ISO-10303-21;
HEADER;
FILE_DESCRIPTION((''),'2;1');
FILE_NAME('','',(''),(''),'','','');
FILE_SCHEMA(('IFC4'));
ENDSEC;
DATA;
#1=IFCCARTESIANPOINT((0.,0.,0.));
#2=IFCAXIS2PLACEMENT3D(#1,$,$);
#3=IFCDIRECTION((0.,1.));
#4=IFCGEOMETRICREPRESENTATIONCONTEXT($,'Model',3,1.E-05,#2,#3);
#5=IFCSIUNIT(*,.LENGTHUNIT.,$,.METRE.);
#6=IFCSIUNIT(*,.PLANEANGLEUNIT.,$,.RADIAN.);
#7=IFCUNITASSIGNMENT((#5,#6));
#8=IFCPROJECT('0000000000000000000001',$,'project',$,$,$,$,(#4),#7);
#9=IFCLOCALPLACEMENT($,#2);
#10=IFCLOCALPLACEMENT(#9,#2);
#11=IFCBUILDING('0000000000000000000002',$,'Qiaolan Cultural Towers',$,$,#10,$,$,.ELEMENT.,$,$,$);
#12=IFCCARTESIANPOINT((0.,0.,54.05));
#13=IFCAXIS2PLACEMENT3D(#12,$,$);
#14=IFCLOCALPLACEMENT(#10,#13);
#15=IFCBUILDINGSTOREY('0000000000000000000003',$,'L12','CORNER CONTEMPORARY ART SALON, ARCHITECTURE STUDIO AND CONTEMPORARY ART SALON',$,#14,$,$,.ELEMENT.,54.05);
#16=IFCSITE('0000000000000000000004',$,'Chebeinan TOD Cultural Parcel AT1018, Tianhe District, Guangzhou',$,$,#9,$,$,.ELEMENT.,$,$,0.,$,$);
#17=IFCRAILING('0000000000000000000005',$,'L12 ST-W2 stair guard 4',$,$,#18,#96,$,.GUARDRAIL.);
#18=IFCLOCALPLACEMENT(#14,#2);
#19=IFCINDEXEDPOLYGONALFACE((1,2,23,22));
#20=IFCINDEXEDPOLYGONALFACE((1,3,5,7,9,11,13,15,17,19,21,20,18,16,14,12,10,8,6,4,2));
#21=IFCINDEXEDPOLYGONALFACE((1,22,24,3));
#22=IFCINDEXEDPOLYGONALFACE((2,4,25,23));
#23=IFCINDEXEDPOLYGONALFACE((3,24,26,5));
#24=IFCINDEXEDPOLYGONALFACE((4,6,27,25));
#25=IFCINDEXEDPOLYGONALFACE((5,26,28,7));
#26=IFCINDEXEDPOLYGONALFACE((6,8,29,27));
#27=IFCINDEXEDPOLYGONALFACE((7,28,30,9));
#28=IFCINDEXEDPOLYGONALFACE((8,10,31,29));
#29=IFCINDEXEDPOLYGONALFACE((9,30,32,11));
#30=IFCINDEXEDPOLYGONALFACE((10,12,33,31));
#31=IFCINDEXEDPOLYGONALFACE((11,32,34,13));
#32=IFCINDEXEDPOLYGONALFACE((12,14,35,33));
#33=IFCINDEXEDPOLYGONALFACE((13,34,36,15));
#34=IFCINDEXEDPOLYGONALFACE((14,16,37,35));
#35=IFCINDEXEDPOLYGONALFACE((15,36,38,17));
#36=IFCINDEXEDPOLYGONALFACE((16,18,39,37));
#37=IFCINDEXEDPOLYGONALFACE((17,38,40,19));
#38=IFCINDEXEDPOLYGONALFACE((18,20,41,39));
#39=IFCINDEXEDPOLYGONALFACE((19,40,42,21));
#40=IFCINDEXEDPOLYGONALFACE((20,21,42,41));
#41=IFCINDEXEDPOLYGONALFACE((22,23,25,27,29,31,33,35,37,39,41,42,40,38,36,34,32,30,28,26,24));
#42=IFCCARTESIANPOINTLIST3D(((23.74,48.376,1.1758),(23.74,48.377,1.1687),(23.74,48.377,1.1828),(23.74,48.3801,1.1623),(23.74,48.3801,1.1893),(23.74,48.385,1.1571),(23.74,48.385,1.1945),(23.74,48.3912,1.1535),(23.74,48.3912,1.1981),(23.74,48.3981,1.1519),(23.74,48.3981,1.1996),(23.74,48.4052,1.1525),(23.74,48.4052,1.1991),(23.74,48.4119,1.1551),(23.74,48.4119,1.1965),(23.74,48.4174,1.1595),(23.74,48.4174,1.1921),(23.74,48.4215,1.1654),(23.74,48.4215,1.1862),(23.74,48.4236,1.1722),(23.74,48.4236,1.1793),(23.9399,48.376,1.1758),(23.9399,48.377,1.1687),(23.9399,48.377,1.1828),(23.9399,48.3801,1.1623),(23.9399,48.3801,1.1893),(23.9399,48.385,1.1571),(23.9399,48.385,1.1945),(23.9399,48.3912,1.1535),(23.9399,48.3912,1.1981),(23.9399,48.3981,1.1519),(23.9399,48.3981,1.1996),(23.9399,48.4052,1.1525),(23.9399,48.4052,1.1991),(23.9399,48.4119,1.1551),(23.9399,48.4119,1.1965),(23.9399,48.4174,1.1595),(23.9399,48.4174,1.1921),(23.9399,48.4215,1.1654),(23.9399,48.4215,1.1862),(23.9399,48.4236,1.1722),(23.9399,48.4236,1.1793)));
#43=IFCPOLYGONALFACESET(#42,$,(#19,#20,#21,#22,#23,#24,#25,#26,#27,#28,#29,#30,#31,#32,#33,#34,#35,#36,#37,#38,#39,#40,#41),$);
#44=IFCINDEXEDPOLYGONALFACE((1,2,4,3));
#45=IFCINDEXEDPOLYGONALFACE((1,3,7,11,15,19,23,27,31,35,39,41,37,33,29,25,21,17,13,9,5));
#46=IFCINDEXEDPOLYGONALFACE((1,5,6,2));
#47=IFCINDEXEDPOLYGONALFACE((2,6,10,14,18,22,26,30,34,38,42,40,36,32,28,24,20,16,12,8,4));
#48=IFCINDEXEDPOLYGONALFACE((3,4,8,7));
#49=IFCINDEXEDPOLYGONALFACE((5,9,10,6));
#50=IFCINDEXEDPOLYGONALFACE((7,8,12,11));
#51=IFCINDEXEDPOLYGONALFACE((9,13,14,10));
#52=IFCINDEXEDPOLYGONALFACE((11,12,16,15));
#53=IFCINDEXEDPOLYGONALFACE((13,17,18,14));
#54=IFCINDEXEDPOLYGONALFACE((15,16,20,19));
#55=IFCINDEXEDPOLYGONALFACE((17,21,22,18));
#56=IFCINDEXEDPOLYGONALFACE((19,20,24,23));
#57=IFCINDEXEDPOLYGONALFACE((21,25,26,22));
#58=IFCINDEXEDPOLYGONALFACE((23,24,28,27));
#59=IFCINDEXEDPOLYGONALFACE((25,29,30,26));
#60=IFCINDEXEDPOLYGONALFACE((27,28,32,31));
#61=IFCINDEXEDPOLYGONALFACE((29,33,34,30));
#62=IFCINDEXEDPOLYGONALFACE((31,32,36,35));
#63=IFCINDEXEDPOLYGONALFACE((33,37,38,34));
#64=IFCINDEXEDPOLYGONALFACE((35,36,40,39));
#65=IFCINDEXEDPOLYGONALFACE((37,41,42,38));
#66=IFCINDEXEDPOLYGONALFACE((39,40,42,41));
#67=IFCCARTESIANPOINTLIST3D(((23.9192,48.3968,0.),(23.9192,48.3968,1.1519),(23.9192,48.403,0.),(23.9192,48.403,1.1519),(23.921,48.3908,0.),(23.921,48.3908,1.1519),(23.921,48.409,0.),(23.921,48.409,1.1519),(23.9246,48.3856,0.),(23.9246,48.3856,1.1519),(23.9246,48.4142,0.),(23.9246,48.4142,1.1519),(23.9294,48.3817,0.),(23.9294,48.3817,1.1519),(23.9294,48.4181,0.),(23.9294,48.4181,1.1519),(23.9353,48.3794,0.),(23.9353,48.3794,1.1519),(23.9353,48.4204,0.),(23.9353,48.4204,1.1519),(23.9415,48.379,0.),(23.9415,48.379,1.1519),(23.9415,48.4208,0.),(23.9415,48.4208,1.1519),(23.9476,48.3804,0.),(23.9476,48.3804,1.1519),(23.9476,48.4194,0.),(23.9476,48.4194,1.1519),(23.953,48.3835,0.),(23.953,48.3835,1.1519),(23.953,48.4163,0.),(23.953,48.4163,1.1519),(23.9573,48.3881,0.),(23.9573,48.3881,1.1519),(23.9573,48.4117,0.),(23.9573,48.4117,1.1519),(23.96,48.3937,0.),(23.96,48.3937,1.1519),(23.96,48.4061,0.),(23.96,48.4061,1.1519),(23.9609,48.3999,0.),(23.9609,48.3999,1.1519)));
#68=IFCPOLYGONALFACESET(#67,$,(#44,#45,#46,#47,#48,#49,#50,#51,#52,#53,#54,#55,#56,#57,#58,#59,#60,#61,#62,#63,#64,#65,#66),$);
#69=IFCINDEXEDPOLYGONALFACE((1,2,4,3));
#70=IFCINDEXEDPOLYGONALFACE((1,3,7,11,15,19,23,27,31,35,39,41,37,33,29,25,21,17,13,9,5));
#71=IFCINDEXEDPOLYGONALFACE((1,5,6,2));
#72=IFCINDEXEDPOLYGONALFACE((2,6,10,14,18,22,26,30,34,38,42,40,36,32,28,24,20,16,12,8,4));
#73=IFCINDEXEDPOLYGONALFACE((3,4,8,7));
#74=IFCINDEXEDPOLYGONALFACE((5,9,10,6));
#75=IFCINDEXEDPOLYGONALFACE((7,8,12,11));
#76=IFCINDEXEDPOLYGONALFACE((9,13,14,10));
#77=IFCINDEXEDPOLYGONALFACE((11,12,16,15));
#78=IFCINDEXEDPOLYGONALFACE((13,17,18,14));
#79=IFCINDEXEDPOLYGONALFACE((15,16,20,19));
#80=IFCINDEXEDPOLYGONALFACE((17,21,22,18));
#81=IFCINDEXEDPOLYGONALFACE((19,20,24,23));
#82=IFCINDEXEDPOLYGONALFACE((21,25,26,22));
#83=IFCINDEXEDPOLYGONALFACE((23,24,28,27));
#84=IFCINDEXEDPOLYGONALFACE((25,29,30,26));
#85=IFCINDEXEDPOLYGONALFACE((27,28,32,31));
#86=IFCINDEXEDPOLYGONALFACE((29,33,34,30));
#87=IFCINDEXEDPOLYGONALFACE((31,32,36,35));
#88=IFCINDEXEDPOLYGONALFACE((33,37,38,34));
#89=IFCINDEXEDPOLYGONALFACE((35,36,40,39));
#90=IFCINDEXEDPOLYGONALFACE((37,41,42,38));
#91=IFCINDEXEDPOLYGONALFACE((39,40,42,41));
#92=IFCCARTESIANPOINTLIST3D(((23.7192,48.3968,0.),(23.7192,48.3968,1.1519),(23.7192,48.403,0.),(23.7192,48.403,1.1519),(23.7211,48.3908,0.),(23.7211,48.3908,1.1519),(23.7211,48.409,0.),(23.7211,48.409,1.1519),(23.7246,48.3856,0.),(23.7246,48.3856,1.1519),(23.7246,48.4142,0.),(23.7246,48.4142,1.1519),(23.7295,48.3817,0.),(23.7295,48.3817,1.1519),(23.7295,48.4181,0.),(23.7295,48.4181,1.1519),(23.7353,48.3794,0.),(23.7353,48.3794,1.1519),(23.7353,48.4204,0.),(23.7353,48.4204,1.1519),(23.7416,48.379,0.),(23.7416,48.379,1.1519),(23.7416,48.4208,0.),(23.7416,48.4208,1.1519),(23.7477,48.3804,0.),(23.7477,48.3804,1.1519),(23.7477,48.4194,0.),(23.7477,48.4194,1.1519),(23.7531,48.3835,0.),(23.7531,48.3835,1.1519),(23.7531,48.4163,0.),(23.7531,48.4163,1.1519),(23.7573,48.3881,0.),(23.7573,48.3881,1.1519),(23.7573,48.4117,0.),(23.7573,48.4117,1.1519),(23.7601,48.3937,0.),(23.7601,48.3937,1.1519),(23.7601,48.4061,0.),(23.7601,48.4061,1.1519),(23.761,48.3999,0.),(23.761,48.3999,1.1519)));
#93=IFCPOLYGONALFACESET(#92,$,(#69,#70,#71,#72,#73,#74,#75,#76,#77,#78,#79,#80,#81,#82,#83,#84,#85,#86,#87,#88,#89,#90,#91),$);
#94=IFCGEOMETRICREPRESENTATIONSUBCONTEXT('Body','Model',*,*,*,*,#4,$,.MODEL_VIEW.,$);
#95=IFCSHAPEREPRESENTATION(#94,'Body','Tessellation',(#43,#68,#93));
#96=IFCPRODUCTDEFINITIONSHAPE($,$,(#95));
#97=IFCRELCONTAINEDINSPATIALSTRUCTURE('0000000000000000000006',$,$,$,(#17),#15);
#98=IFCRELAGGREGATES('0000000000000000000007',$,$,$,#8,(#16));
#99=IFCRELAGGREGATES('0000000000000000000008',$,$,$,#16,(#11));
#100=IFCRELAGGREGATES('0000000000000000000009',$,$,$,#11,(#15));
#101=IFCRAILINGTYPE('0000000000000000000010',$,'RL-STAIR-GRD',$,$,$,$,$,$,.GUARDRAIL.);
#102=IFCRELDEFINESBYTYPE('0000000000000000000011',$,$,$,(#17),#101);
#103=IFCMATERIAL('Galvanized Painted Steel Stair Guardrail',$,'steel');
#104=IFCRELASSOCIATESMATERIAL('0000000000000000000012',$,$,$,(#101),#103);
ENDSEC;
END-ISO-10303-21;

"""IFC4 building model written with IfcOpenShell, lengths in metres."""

from ifc_helpers import new_model, si_unit, direction, frame, origin, origin_2d, place, context, subcontext, project, spatial, circle, extrude, material, type_object, element, save


model = new_model("IFC4")

# Units and contexts
model_context = context("Model", 3, precision=1e-05, world=origin(), true_north=direction((0.0, 1.0)))
body_context = subcontext(model_context, "Body", "Model", "MODEL_VIEW")
ifc_project = project(units=[si_unit("LENGTHUNIT", "METRE"), si_unit("PLANEANGLEUNIT", "RADIAN")], contexts=[model_context])

# Site, building, storey
site_placement = place(None, origin())
site = spatial("IfcSite", under=ifc_project, at=site_placement, Name="Chebeinan TOD Cultural Parcel AT1018, Tianhe District, Guangzhou", CompositionType="ELEMENT", RefElevation=0.0)
building_placement = place(site_placement, origin())
building = spatial("IfcBuilding", under=site, at=building_placement, Name="Qiaolan Cultural Towers", CompositionType="ELEMENT")
storey_placement = place(building_placement, frame((0.0, 0.0, 54.05)))
storey = spatial("IfcBuildingStorey", under=building, at=storey_placement, Name="L12", Description="CORNER CONTEMPORARY ART SALON, ARCHITECTURE STUDIO AND CONTEMPORARY ART SALON", CompositionType="ELEMENT", Elevation=54.05)

# Railing
ifc_material_1 = material(Name="Galvanized Painted Steel Stair Guardrail", Category="steel")
railing_type = type_object("IfcRailingType", Name="RL-STAIR-GRD", PredefinedType="GUARDRAIL", material=ifc_material_1)
railing_1_placement = place(storey_placement, frame((23.9399, 48.3999, 0.0)))
element("IfcRailing", 1, at=railing_1_placement, inside=storey, type_object=railing_type, Name="L12 ST-W2 stair guard 4", PredefinedType="GUARDRAIL", context=body_context, shape_type="SweptSolid", body=[
    extrude(circle(Radius=0.0239, at=origin_2d()), frame((0.0, 0.0, 1.1758), z_axis=(-1.0, 0.0, 0.0), x_axis=(0.0, -1.0, 0.0)), (0.0, 0.0, 1.0), 0.2),
    extrude(circle(Radius=0.021, at=origin_2d()), origin(), (0.0, 0.0, 1.0), 1.1519),
    extrude(circle(Radius=0.021, at=origin_2d()), frame((-0.2, 0.0, 0.0)), (0.0, 0.0, 1.0), 1.1519),
])

save(model, "model.ifc")
